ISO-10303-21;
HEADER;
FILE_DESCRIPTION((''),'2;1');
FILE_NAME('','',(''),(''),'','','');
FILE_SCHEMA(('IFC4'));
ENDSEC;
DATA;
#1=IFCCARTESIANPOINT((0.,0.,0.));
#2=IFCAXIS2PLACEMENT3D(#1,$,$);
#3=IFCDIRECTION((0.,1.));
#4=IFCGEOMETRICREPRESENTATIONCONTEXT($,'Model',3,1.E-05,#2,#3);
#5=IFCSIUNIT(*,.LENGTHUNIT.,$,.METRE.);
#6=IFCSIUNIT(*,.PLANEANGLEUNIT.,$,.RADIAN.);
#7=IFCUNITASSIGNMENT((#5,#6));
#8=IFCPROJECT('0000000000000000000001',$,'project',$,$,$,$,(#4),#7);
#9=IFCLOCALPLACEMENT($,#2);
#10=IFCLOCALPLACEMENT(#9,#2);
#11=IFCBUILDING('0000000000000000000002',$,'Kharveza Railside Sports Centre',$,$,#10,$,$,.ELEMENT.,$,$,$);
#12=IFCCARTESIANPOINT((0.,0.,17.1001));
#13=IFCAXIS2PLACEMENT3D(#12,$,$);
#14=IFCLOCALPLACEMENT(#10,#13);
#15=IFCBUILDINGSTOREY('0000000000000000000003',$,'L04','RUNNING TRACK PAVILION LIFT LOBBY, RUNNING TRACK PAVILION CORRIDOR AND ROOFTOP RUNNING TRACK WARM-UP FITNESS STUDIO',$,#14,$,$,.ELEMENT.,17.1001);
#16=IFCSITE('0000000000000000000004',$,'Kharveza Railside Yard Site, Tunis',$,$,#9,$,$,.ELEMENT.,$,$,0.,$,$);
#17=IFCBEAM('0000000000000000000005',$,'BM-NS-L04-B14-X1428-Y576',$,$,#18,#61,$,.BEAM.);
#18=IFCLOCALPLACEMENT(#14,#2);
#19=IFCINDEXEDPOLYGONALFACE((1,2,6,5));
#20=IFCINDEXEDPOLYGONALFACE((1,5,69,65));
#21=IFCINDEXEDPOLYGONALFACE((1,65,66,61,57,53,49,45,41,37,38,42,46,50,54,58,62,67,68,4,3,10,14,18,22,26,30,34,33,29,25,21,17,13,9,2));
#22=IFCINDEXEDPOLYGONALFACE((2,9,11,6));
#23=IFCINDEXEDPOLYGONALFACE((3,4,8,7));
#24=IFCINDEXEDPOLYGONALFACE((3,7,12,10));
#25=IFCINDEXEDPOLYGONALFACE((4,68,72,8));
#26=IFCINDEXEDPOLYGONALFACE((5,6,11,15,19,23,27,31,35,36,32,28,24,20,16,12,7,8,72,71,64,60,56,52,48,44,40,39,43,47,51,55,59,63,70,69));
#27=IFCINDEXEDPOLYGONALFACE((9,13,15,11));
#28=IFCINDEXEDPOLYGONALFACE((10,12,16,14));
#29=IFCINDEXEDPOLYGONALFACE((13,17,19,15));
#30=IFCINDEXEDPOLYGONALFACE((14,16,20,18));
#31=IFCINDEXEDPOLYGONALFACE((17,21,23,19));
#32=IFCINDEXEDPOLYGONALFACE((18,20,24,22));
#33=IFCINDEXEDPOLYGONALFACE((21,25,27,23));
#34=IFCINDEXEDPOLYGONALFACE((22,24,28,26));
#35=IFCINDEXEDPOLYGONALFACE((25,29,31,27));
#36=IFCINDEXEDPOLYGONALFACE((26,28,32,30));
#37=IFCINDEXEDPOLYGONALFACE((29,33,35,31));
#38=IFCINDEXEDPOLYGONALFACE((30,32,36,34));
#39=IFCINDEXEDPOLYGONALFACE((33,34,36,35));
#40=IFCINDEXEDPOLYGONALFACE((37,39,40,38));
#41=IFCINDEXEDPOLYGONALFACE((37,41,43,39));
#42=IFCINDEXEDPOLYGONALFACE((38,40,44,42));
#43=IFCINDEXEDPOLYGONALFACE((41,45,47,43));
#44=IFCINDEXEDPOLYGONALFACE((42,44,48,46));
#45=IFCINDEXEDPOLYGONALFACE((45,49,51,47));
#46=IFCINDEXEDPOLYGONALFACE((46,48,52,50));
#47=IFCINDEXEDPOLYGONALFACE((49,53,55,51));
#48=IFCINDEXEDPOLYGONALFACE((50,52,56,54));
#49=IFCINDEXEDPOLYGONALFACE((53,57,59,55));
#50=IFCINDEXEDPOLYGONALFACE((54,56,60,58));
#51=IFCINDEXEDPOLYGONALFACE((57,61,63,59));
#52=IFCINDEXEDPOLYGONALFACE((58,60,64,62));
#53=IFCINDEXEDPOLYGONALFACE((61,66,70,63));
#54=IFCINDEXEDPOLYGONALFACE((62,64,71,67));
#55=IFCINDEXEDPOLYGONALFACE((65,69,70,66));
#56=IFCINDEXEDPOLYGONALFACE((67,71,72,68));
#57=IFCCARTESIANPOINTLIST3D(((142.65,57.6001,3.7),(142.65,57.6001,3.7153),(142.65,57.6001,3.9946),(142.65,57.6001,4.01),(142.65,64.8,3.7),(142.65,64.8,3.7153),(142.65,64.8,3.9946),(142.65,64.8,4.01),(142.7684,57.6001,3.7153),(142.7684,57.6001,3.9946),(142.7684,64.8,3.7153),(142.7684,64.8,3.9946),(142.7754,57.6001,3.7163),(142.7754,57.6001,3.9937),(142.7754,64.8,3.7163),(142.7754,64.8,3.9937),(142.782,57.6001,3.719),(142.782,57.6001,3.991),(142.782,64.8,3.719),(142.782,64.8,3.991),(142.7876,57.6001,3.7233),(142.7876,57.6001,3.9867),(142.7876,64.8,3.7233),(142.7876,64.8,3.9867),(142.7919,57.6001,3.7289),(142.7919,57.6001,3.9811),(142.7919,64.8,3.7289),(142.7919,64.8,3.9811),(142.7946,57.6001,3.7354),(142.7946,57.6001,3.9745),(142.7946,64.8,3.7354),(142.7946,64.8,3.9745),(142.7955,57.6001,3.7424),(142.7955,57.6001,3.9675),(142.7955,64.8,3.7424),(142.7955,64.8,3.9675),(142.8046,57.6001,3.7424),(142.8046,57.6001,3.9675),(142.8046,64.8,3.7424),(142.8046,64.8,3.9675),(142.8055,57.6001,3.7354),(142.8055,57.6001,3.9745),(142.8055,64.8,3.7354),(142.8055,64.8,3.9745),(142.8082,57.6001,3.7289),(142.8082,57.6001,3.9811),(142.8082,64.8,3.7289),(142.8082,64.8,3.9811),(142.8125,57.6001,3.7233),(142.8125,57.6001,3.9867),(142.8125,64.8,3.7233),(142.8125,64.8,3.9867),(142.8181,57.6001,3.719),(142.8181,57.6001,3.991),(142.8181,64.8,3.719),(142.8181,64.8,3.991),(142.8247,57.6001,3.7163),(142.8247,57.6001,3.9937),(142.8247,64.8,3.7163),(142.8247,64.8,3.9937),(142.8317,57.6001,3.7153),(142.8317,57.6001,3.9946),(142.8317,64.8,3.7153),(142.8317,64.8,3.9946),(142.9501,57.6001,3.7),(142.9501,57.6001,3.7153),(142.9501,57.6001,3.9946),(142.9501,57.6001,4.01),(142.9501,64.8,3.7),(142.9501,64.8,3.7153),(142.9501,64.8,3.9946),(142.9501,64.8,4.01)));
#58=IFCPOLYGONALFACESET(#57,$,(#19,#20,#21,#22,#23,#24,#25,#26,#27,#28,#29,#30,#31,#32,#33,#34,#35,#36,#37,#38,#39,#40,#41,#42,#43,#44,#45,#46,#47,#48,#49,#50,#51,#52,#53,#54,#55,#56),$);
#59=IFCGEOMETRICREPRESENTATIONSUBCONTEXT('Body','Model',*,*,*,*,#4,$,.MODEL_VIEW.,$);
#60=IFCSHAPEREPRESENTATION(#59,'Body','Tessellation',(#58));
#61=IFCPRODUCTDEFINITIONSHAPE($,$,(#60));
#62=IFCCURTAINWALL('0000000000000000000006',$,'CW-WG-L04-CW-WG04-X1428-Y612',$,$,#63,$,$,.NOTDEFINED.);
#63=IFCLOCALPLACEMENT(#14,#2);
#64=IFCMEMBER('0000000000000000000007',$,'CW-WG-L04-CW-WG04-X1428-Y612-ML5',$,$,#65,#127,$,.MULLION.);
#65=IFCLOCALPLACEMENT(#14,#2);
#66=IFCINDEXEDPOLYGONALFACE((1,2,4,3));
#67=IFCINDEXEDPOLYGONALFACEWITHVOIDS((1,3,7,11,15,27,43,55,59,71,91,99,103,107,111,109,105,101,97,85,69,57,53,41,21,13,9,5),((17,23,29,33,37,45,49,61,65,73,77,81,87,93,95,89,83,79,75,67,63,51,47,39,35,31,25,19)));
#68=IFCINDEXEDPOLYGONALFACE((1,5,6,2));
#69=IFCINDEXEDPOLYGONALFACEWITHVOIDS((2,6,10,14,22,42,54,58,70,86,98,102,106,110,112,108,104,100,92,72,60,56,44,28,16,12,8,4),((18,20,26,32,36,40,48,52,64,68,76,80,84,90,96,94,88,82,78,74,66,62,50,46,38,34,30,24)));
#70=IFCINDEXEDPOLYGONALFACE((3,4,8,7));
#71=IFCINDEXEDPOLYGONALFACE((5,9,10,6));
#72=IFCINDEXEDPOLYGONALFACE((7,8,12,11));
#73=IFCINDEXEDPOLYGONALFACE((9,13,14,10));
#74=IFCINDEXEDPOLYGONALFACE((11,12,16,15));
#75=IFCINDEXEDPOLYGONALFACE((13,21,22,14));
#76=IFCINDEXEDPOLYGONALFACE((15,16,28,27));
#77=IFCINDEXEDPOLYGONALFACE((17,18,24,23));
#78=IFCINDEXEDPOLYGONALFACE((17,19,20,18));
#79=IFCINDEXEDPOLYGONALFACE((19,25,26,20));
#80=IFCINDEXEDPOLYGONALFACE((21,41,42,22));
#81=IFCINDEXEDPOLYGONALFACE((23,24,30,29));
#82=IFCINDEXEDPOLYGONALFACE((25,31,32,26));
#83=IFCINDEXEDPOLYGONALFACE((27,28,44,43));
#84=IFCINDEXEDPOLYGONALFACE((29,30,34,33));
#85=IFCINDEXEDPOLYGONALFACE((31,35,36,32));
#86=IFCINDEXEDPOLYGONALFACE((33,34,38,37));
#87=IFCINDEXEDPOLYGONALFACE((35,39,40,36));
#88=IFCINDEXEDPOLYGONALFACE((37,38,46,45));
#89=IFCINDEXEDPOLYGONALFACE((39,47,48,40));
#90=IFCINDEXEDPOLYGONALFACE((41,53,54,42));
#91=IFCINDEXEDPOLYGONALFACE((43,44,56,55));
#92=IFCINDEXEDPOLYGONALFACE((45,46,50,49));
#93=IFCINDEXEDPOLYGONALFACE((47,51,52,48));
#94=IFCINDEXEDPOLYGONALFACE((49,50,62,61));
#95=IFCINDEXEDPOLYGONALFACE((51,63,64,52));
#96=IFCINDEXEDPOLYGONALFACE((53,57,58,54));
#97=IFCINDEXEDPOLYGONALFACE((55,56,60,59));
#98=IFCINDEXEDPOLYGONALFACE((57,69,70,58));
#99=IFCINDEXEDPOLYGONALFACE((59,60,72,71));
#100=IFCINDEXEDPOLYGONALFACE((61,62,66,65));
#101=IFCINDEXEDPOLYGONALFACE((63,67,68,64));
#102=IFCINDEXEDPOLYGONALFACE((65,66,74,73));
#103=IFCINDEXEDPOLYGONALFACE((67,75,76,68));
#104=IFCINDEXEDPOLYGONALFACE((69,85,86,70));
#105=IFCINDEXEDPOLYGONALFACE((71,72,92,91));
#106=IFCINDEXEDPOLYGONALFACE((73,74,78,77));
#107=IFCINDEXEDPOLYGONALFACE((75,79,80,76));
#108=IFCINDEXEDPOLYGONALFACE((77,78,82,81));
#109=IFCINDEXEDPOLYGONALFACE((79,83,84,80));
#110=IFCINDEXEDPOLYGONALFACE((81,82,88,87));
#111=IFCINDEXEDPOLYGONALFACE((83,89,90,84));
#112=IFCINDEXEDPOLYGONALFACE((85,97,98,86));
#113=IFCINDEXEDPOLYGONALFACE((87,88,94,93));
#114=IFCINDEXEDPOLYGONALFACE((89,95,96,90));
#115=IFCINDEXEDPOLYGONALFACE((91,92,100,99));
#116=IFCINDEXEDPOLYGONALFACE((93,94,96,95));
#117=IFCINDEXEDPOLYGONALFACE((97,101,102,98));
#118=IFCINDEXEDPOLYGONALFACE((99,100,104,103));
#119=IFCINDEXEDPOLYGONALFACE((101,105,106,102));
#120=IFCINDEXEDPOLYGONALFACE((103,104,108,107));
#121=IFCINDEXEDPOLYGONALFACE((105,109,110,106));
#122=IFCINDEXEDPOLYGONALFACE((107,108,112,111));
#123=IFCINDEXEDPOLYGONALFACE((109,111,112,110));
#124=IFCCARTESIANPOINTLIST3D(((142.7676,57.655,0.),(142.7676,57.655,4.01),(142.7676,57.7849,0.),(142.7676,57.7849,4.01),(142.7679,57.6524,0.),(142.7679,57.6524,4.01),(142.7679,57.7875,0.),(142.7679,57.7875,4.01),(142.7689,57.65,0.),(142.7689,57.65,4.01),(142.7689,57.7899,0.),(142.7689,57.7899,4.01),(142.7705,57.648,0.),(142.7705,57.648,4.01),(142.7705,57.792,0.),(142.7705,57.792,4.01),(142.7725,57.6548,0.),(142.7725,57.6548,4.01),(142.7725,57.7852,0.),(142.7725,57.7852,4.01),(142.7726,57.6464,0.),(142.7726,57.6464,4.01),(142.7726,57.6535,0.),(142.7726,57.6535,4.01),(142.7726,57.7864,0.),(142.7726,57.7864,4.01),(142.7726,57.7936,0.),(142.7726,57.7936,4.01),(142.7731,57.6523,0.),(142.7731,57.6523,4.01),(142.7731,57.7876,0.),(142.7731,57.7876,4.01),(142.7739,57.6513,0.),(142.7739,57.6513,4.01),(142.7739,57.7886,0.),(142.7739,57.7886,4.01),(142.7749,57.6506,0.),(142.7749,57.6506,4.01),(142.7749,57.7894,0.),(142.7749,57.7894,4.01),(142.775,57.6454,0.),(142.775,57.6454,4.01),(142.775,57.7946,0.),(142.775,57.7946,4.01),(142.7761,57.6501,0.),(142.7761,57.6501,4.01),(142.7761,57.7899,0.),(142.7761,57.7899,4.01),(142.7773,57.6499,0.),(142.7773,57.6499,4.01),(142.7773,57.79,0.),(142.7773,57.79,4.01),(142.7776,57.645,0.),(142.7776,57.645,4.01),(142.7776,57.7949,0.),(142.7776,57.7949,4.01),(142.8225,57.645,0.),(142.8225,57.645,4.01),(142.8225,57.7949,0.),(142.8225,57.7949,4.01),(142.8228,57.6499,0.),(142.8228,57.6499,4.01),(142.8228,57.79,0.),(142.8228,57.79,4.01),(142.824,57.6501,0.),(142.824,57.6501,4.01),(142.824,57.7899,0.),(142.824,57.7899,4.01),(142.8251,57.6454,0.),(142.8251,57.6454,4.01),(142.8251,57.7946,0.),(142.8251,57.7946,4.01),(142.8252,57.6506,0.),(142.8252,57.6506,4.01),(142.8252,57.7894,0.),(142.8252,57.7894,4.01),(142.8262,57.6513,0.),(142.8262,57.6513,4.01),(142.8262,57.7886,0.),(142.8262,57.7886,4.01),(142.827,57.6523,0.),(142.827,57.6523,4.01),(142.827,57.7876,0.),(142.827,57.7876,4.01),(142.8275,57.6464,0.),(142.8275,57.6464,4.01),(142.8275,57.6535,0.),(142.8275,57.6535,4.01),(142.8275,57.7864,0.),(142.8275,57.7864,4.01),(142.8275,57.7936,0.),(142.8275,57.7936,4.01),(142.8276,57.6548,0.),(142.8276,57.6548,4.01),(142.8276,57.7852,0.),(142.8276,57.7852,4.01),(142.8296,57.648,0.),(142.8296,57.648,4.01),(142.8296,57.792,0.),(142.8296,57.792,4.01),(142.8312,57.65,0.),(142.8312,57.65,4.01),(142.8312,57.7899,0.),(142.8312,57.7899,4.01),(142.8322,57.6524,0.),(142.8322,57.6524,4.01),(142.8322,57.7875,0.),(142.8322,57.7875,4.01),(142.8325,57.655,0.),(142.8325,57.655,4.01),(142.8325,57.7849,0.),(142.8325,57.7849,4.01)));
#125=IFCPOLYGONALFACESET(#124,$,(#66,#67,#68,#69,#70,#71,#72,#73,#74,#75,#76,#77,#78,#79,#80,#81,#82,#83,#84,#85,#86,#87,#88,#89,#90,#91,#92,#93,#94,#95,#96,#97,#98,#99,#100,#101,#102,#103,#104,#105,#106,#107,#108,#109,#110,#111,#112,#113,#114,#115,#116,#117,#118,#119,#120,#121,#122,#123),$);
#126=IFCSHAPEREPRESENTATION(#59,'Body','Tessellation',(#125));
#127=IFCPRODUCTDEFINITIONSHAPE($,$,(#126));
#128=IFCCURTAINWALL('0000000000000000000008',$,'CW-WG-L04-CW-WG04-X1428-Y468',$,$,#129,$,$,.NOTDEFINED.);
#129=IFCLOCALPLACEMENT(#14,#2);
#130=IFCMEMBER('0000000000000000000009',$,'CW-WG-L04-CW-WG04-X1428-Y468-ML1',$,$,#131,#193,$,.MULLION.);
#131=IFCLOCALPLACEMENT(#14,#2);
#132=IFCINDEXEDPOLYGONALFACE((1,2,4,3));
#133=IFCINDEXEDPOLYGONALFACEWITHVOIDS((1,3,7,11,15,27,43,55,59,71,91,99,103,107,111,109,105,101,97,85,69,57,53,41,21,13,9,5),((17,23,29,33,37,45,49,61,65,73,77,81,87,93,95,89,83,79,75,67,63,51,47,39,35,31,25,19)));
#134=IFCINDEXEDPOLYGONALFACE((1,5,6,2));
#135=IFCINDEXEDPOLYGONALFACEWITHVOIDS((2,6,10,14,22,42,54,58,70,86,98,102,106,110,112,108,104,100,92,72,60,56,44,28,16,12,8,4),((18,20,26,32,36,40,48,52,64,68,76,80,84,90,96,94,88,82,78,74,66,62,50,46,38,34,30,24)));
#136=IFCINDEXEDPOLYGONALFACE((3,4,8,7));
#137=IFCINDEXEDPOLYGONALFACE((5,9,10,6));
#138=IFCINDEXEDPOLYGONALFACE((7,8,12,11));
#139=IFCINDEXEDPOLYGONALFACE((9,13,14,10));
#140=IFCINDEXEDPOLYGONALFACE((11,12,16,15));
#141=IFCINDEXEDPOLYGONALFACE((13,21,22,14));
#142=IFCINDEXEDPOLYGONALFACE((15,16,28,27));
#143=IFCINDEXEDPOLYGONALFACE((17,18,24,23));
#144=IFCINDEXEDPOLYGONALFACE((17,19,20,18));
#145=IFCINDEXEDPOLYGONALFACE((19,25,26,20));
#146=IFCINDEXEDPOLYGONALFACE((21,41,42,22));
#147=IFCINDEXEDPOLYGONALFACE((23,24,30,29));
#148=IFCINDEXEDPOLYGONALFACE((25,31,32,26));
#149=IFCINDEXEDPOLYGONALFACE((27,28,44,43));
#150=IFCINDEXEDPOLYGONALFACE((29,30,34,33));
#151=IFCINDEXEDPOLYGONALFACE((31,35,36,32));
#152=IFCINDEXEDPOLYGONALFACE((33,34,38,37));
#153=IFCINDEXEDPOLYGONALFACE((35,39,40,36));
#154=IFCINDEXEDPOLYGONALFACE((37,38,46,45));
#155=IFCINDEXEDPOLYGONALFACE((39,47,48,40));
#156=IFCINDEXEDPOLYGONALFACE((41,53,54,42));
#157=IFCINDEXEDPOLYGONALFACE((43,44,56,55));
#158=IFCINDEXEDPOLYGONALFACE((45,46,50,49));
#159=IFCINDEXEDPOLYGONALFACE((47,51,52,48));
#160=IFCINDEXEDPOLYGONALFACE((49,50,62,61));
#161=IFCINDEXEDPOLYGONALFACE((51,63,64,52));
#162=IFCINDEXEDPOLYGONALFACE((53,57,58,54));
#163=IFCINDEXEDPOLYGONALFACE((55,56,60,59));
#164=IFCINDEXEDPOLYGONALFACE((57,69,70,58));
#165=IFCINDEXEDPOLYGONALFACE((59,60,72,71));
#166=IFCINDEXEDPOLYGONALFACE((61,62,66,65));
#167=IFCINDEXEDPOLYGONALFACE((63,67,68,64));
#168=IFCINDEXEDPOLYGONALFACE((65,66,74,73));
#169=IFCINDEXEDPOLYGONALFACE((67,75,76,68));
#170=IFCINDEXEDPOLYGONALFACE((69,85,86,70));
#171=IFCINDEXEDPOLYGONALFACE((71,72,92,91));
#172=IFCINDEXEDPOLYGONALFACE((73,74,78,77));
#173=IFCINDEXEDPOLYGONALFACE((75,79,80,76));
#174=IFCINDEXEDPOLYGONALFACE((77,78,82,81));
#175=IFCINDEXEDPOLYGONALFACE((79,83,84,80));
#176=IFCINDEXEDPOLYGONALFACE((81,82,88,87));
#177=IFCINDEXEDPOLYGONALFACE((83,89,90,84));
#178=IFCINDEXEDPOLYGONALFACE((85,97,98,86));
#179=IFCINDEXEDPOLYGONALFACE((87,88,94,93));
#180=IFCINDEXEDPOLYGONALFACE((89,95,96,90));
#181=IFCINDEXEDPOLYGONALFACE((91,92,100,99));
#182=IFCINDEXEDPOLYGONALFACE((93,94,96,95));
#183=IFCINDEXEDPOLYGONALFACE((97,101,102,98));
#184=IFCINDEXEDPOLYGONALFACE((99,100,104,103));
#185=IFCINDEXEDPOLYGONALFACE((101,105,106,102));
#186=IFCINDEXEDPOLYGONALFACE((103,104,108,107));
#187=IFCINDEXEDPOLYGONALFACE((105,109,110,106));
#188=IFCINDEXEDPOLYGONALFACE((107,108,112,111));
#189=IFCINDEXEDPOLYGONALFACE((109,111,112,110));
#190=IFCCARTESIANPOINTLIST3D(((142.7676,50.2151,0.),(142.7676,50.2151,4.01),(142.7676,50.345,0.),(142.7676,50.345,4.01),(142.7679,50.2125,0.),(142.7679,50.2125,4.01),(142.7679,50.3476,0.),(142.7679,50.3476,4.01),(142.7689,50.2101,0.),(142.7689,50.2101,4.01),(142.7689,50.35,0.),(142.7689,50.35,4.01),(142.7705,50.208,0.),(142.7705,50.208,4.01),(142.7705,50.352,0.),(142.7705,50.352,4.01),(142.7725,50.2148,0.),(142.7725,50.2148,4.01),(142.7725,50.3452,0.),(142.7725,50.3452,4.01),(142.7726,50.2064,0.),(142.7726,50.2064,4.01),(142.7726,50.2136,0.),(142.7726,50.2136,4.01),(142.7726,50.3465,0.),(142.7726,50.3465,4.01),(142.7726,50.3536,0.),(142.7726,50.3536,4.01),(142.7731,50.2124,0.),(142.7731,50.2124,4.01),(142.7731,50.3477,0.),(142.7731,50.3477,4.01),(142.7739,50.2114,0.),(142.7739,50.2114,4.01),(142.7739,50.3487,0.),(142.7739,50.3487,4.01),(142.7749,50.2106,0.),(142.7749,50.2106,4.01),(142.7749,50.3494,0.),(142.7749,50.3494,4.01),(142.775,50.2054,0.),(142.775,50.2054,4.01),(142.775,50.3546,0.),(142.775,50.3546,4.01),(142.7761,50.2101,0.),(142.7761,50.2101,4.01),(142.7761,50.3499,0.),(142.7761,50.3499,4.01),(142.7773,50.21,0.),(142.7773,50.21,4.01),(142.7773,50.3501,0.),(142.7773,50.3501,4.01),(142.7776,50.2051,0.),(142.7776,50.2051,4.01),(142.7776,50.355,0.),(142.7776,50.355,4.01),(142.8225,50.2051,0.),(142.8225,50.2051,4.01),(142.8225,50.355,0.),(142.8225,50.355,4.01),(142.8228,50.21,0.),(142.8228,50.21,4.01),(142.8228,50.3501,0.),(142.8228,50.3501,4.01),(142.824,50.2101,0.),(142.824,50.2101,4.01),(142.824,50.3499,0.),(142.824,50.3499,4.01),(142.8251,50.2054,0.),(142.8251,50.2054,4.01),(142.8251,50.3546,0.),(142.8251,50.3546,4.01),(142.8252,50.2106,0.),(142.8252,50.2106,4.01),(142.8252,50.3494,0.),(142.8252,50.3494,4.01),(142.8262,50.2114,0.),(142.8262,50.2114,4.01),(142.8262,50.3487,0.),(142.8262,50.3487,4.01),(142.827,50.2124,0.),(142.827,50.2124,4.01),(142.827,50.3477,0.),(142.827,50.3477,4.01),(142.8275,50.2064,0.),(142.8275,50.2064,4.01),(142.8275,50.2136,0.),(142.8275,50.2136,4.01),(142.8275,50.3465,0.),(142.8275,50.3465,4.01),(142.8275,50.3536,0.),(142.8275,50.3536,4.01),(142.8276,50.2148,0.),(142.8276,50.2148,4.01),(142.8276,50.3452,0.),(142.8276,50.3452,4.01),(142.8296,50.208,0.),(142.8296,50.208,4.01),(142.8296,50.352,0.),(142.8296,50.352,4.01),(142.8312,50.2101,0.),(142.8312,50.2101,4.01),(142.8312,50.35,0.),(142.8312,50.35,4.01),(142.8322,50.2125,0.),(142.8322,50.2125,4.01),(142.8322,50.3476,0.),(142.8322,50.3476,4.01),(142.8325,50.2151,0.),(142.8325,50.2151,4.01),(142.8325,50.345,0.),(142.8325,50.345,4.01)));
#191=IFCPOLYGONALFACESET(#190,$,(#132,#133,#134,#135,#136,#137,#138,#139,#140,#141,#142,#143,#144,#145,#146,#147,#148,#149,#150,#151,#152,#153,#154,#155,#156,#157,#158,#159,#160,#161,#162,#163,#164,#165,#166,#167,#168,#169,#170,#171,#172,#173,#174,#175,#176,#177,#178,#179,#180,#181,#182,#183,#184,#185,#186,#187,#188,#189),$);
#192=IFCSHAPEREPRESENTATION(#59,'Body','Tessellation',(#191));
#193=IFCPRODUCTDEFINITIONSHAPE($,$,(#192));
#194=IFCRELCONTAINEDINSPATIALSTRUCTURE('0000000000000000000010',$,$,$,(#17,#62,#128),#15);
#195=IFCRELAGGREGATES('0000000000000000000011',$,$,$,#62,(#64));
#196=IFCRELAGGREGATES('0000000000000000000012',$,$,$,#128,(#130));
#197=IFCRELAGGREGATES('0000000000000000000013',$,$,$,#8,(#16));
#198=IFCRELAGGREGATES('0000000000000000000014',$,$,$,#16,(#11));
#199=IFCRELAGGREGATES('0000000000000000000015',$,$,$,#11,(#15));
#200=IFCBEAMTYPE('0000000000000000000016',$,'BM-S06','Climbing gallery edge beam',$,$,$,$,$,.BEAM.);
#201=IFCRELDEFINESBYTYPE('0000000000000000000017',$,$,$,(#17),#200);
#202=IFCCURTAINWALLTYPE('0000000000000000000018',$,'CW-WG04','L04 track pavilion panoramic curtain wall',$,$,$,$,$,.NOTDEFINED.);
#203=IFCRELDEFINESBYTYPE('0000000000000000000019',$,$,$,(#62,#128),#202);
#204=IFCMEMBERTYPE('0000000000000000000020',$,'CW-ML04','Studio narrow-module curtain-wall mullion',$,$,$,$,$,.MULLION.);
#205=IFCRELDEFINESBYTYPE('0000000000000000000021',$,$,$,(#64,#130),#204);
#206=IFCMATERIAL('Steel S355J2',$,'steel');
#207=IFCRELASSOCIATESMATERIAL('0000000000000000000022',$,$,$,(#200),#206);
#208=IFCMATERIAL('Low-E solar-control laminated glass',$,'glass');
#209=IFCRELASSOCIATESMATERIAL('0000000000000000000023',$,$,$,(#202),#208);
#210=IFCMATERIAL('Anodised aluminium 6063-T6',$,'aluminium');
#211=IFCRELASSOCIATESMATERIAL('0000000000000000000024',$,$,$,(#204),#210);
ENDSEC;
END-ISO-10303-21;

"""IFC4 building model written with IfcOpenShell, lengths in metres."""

from ifc_helpers import new_model, si_unit, direction, frame, origin, origin_2d, place, context, subcontext, project, spatial, hollow_rectangle, i_section, extrude, material, material_profile, profile_set, type_object, element, aggregate, save


model = new_model("IFC4")

# Units and contexts
model_context = context("Model", 3, precision=1e-05, world=origin(), true_north=direction((0.0, 1.0)))
body_context = subcontext(model_context, "Body", "Model", "MODEL_VIEW")
ifc_project = project(units=[si_unit("LENGTHUNIT", "METRE"), si_unit("PLANEANGLEUNIT", "RADIAN")], contexts=[model_context])

# Site, building, storey
site_placement = place(None, origin())
site = spatial("IfcSite", under=ifc_project, at=site_placement, Name="Kharveza Railside Yard Site, Tunis", CompositionType="ELEMENT", RefElevation=0.0)
building_placement = place(site_placement, origin())
building = spatial("IfcBuilding", under=site, at=building_placement, Name="Kharveza Railside Sports Centre", CompositionType="ELEMENT")
storey_placement = place(building_placement, frame((0.0, 0.0, 17.1001)))
storey = spatial("IfcBuildingStorey", under=building, at=storey_placement, Name="L04", Description="RUNNING TRACK PAVILION LIFT LOBBY, RUNNING TRACK PAVILION CORRIDOR AND ROOFTOP RUNNING TRACK WARM-UP FITNESS STUDIO", CompositionType="ELEMENT", Elevation=17.1001)

# Shared definitions
ifc_material_1 = material(Name="Steel S355J2", Category="steel")

# Beam
ifc_material_profile_1 = material_profile(ifc_material_1, i_section(OverallWidth=0.3, OverallDepth=0.3101, WebThickness=0.009, FlangeThickness=0.0154, FilletRadius=0.0271, at=origin_2d()), Name="HEA 320")
ifc_profile_set_1 = profile_set([ifc_material_profile_1], Name="Steel S355J2")
beam_type_1 = type_object("IfcBeamType", Name="BM-S06", Description="Climbing gallery edge beam", PredefinedType="BEAM", material=ifc_profile_set_1)
beam_1_placement = place(storey_placement, frame((142.8, 57.6001, 3.855), z_axis=(0.0, 1.0, 0.0), x_axis=(-1.0, 0.0, 0.0)))
element("IfcBeam", 1, at=beam_1_placement, inside=storey, type_object=beam_type_1, Name="BM-NS-L04-B14-X1428-Y576", PredefinedType="BEAM", context=body_context, shape_type="SweptSolid", body=[
    extrude(i_section(OverallWidth=0.3, OverallDepth=0.3101, WebThickness=0.009, FlangeThickness=0.0154, FilletRadius=0.0271, at=origin_2d()), origin(), (0.0, 0.0, 1.0), 7.2),
])

# Curtain wall, member
ifc_material_2 = material(Name="Low-E solar-control laminated glass", Category="glass")
curtain_wall_type = type_object("IfcCurtainWallType", Name="CW-WG04", Description="L04 track pavilion panoramic curtain wall", PredefinedType="NOTDEFINED", material=ifc_material_2)
curtain_wall_1_placement = place(storey_placement, origin())
curtain_wall_1 = element("IfcCurtainWall", 2, at=curtain_wall_1_placement, inside=storey, type_object=curtain_wall_type, Name="CW-WG-L04-CW-WG04-X1428-Y612", PredefinedType="NOTDEFINED")
ifc_material_3 = material(Name="Anodised aluminium 6063-T6", Category="aluminium")
ifc_material_profile_2 = material_profile(ifc_material_3, hollow_rectangle(XDim=0.0649, YDim=0.1499, WallThickness=0.0049, InnerFilletRadius=0.0049, OuterFilletRadius=0.01, at=origin_2d()), Name="RHS 65x150x5.0")
ifc_profile_set_2 = profile_set([ifc_material_profile_2], Name="Anodised aluminium 6063-T6")
member_type_1 = type_object("IfcMemberType", Name="CW-ML04", Description="Studio narrow-module curtain-wall mullion", PredefinedType="MULLION", material=ifc_profile_set_2)
member_1_placement = place(storey_placement, frame((142.8, 57.72, 0.0), z_axis=(0.0, 0.0, 1.0), x_axis=(1.0, 0.0, 0.0)))
member_1 = element("IfcMember", 3, at=member_1_placement, type_object=member_type_1, Name="CW-WG-L04-CW-WG04-X1428-Y612-ML5", PredefinedType="MULLION", context=body_context, shape_type="SweptSolid", body=[
    extrude(hollow_rectangle(XDim=0.0649, YDim=0.1499, WallThickness=0.0049, InnerFilletRadius=0.0049, OuterFilletRadius=0.01, at=origin_2d()), origin(), (0.0, 0.0, 1.0), 4.01),
])

# Curtain wall, member
curtain_wall_2_placement = place(storey_placement, origin())
curtain_wall_2 = element("IfcCurtainWall", 4, at=curtain_wall_2_placement, inside=storey, type_object=curtain_wall_type, Name="CW-WG-L04-CW-WG04-X1428-Y468", PredefinedType="NOTDEFINED")
member_2_placement = place(storey_placement, frame((142.8, 50.28, 0.0), z_axis=(0.0, 0.0, 1.0), x_axis=(1.0, 0.0, 0.0)))
member_2 = element("IfcMember", 5, at=member_2_placement, type_object=member_type_1, Name="CW-WG-L04-CW-WG04-X1428-Y468-ML1", PredefinedType="MULLION", context=body_context, shape_type="SweptSolid", body=[
    extrude(hollow_rectangle(XDim=0.0649, YDim=0.1499, WallThickness=0.0049, InnerFilletRadius=0.0049, OuterFilletRadius=0.01, at=origin_2d()), origin(), (0.0, 0.0, 1.0), 4.01),
])

aggregate(curtain_wall_1, [member_1])
aggregate(curtain_wall_2, [member_2])

save(model, "model.ifc")
